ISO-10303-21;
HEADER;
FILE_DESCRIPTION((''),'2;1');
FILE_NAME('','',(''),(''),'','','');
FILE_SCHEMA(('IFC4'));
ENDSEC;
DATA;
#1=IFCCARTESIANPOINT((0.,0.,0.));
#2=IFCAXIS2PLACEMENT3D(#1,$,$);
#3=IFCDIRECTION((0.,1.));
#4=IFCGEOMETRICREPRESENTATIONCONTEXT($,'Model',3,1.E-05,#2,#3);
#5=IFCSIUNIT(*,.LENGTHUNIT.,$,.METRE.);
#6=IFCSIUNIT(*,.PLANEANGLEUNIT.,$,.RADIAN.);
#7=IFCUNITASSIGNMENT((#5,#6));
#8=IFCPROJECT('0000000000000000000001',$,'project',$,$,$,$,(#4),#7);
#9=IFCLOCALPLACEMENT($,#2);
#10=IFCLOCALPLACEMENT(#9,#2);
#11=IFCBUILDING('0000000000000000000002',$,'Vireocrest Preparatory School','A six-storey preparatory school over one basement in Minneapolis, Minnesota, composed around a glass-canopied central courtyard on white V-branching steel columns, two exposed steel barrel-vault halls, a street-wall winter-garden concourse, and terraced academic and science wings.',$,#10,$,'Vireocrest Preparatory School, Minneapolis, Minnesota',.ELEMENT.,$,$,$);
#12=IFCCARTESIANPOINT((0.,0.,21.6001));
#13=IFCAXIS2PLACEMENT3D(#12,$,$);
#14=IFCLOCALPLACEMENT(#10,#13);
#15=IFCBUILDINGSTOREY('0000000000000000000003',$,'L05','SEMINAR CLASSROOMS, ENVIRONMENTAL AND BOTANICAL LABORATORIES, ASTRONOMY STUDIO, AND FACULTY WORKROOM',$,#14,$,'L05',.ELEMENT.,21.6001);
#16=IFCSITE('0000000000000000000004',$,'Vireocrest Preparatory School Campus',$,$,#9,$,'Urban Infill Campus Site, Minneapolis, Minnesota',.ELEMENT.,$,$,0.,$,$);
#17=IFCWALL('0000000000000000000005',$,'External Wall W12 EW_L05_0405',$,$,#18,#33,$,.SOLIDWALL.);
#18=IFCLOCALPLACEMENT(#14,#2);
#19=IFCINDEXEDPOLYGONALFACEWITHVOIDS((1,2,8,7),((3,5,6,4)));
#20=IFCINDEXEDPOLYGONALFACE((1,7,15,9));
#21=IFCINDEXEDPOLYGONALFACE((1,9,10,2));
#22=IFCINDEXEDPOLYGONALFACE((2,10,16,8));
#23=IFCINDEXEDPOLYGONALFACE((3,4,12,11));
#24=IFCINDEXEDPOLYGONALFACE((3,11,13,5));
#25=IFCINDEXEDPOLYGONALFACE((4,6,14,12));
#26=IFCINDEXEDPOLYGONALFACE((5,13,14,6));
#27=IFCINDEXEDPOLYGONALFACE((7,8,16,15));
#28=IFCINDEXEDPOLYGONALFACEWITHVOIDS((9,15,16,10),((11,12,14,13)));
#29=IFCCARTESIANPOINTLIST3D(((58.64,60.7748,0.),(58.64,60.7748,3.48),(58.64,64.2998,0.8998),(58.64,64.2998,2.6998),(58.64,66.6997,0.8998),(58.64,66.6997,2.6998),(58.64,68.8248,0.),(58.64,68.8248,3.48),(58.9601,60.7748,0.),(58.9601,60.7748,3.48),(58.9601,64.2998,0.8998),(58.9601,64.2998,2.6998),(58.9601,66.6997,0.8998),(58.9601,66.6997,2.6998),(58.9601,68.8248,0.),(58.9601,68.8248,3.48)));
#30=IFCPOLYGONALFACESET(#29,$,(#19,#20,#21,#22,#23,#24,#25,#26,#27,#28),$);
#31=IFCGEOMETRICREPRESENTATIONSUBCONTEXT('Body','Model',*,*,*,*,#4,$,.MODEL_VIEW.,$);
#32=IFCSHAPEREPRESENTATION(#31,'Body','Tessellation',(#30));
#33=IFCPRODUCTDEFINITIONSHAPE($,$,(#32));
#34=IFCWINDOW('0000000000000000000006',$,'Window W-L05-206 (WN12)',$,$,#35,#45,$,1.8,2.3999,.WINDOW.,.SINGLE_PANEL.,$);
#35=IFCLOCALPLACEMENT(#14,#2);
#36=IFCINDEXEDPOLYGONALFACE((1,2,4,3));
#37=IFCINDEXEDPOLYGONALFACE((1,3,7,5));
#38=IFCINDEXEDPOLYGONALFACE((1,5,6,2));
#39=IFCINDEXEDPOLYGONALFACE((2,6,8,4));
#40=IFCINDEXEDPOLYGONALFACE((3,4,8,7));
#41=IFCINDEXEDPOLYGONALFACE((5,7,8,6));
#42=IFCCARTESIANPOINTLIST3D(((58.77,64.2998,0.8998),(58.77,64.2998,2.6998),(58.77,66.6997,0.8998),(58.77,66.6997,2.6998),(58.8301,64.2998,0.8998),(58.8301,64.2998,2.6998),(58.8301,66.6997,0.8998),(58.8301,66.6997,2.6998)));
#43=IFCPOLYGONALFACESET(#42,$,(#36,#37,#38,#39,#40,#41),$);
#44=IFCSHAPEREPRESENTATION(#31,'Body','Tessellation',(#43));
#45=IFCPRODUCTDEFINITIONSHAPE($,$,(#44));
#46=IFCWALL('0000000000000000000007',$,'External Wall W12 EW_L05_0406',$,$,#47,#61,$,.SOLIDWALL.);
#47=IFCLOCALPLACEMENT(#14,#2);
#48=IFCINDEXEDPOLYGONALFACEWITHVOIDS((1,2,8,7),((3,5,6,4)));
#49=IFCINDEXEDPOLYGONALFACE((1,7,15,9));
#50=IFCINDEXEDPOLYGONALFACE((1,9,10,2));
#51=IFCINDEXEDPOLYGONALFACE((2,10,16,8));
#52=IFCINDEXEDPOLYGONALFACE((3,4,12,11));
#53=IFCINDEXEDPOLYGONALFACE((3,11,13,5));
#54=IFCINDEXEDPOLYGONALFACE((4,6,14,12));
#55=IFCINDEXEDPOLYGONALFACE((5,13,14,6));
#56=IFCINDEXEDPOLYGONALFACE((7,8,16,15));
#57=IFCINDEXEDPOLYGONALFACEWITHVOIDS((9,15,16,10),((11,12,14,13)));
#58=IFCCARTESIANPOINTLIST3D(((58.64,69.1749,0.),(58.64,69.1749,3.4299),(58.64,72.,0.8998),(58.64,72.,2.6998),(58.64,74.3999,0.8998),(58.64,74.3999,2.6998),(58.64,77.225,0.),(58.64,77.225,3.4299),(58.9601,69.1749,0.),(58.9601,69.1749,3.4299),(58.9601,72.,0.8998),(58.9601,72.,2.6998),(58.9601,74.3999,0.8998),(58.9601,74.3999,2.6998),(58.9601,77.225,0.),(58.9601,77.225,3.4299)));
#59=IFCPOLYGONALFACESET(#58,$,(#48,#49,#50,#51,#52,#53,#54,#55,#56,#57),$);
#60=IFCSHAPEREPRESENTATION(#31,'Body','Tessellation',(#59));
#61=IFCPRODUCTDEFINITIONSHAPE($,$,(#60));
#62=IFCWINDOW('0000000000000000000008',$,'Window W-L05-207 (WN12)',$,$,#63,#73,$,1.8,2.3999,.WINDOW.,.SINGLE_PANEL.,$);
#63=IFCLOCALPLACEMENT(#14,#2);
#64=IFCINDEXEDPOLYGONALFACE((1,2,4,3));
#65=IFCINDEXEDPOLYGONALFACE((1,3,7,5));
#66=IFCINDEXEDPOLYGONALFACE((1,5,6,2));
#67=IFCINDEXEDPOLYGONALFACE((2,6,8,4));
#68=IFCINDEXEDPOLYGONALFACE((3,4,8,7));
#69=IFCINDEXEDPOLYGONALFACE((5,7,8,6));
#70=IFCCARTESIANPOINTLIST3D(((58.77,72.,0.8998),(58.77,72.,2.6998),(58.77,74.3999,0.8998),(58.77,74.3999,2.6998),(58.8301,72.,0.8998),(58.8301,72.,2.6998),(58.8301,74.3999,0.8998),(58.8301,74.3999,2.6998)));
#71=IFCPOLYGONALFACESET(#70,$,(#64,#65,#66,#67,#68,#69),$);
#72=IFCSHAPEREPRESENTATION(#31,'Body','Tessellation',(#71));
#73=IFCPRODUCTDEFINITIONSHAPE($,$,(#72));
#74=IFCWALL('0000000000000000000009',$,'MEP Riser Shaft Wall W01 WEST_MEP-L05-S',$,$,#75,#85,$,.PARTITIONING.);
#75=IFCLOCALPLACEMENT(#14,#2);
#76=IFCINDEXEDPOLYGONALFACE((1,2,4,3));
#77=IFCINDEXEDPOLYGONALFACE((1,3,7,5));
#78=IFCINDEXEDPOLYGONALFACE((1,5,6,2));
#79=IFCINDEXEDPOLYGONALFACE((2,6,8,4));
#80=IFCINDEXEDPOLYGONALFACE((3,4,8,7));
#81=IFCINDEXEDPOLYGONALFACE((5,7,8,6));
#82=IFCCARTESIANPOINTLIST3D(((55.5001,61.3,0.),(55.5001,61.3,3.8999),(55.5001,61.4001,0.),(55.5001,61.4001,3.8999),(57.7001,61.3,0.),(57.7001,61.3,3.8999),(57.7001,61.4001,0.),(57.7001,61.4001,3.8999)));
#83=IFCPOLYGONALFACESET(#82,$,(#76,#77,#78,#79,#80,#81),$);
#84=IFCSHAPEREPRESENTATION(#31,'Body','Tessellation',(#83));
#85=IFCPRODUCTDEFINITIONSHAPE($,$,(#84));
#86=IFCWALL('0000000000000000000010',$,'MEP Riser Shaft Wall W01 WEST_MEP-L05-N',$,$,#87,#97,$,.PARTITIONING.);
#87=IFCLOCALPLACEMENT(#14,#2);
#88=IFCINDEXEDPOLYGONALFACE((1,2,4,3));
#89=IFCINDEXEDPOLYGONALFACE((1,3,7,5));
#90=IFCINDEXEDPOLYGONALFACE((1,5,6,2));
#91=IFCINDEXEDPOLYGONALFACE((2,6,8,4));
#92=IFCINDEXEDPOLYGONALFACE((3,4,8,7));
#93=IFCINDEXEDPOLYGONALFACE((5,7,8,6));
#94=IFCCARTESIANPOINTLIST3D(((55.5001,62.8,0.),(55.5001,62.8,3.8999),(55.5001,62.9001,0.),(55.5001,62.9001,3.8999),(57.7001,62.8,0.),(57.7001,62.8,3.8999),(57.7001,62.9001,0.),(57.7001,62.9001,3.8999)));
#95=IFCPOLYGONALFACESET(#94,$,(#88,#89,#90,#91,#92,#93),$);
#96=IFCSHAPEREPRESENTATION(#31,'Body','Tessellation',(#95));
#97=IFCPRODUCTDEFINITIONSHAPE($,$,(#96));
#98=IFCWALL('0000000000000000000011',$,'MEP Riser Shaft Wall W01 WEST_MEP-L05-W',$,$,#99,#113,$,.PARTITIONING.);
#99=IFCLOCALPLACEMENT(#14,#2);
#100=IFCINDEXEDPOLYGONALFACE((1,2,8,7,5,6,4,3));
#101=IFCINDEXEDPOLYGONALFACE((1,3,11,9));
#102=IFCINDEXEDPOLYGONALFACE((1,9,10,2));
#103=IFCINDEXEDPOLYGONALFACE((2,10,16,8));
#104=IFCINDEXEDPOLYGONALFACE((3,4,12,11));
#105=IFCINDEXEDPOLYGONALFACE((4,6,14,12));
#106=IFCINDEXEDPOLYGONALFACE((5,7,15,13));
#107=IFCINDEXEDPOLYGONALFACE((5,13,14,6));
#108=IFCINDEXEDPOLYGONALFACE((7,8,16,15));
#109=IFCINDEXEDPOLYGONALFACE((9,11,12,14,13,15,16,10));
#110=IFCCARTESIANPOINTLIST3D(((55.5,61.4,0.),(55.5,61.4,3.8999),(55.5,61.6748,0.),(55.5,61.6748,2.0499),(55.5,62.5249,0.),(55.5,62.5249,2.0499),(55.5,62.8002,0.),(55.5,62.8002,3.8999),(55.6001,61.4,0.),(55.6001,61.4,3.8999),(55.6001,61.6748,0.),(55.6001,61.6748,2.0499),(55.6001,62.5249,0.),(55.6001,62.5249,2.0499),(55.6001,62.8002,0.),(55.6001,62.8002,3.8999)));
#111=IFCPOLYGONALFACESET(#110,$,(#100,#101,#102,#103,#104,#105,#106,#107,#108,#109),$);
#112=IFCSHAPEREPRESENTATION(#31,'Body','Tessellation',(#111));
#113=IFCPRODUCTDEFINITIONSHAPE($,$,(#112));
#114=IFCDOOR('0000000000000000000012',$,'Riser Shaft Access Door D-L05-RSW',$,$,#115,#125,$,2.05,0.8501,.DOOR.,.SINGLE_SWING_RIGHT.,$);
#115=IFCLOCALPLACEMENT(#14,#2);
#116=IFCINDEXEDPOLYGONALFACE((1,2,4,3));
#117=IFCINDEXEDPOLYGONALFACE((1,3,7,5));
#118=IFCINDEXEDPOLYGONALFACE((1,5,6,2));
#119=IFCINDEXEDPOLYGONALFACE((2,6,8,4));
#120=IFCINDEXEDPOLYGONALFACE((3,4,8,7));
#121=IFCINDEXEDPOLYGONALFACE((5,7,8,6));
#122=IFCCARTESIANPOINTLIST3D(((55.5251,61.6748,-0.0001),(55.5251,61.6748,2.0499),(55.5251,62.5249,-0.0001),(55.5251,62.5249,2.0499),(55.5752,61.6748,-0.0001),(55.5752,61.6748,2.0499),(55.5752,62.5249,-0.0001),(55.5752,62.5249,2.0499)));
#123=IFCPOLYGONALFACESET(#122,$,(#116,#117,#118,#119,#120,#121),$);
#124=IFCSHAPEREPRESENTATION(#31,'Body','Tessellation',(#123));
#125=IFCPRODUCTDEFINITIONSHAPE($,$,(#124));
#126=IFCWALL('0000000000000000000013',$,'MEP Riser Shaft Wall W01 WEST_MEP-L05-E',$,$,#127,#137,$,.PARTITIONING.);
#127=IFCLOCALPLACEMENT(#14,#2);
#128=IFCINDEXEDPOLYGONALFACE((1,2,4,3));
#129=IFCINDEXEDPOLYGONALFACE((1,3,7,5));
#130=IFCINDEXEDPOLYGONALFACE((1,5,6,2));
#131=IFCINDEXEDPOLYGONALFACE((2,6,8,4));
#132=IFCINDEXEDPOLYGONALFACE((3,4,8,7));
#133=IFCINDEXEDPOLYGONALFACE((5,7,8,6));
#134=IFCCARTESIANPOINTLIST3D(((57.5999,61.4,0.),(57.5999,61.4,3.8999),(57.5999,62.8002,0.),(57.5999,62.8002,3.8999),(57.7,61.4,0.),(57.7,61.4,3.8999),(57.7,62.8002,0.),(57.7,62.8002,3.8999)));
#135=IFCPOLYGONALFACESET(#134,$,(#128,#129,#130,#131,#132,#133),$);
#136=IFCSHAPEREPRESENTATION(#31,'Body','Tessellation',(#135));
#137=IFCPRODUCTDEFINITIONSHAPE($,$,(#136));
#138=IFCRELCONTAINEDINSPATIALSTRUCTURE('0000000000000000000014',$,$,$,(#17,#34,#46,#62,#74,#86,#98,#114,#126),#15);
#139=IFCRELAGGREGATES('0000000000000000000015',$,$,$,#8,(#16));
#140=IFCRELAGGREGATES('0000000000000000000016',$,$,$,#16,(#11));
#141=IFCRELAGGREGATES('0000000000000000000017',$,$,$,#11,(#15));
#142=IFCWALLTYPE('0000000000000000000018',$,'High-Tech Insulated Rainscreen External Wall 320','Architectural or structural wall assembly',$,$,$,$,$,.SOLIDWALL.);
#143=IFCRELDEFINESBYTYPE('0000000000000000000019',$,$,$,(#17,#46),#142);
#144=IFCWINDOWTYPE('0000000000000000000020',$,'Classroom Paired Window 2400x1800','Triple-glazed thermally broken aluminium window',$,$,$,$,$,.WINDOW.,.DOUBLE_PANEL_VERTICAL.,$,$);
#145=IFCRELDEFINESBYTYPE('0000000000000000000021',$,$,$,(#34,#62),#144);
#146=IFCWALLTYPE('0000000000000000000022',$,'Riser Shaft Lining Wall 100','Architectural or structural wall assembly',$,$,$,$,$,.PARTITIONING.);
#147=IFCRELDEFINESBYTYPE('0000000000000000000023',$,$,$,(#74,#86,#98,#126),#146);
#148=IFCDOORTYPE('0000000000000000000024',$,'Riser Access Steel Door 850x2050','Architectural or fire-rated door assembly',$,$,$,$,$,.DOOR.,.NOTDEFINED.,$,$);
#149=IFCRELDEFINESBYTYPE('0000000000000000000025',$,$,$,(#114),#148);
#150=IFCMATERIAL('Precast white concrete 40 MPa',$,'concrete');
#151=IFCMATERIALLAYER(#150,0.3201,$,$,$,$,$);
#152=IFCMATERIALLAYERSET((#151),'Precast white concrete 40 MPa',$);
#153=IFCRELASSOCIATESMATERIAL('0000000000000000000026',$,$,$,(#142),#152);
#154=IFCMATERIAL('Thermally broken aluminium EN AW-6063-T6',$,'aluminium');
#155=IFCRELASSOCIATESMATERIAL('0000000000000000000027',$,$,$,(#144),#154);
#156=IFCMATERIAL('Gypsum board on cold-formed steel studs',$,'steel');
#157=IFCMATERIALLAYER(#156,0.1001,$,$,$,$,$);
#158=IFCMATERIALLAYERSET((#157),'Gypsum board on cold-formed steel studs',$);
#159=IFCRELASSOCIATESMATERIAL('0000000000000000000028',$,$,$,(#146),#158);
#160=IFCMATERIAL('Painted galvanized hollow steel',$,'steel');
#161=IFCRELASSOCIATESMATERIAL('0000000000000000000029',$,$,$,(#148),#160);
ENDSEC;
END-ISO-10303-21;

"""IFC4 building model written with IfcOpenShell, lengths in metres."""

from ifc_helpers import new_model, si_unit, direction, frame, frame_2d, origin, place, context, subcontext, project, spatial, rectangle, extrude, material, layer, layer_set, type_object, element, fill, save


model = new_model("IFC4")

# Units and contexts
model_context = context("Model", 3, precision=1e-05, world=origin(), true_north=direction((0.0, 1.0)))
body_context = subcontext(model_context, "Body", "Model", "MODEL_VIEW")
ifc_project = project(units=[si_unit("LENGTHUNIT", "METRE"), si_unit("PLANEANGLEUNIT", "RADIAN")], contexts=[model_context])

# Site, building, storey
site_placement = place(None, origin())
site = spatial("IfcSite", under=ifc_project, at=site_placement, Name="Vireocrest Preparatory School Campus", LongName="Urban Infill Campus Site, Minneapolis, Minnesota", CompositionType="ELEMENT", RefElevation=0.0)
building_placement = place(site_placement, origin())
building = spatial("IfcBuilding", under=site, at=building_placement, Name="Vireocrest Preparatory School", Description="A six-storey preparatory school over one basement in Minneapolis, Minnesota, composed around a glass-canopied central courtyard on white V-branching steel columns, two exposed steel barrel-vault halls, a street-wall winter-garden concourse, and terraced academic and science wings.", LongName="Vireocrest Preparatory School, Minneapolis, Minnesota", CompositionType="ELEMENT")
storey_placement = place(building_placement, frame((0.0, 0.0, 21.6001)))
storey = spatial("IfcBuildingStorey", under=building, at=storey_placement, Name="L05", Description="SEMINAR CLASSROOMS, ENVIRONMENTAL AND BOTANICAL LABORATORIES, ASTRONOMY STUDIO, AND FACULTY WORKROOM", LongName="L05", CompositionType="ELEMENT", Elevation=21.6001)

# Walls, openings, windows
ifc_material_1 = material(Name="Precast white concrete 40 MPa", Category="concrete")
ifc_layer_1 = layer(ifc_material_1, 0.3201)
ifc_layer_set_1 = layer_set([ifc_layer_1], Name="Precast white concrete 40 MPa")
wall_type_1 = type_object("IfcWallType", Name="High-Tech Insulated Rainscreen External Wall 320", Description="Architectural or structural wall assembly", PredefinedType="SOLIDWALL", material=ifc_layer_set_1)
wall_1_placement = place(storey_placement, frame((58.8, 60.7749, 0.0), z_axis=(0.0, 0.0, 1.0), x_axis=(0.0, 1.0, 0.0)))
wall_1 = element("IfcWall", 1, at=wall_1_placement, inside=storey, type_object=wall_type_1, Name="External Wall W12 EW_L05_0405", PredefinedType="SOLIDWALL", context=body_context, shape_type="SweptSolid", body=[
    extrude(rectangle(XDim=8.05, YDim=0.3201, at=frame_2d((4.0249, 0.0))), origin(), (0.0, 0.0, 1.0), 3.48),
])
opening_1_placement = place(wall_1_placement, frame((3.5249, 0.0, 0.8999)))
opening_1 = element("IfcOpeningElement", 2, at=opening_1_placement, cuts=wall_1, PredefinedType="OPENING", context=body_context, shape_type="SweptSolid", body=[
    extrude(rectangle(XDim=2.3999, YDim=1.8, at=frame_2d((1.2, 0.8999))), frame((0.0, 0.1699, 0.0), z_axis=(0.0, -1.0, 0.0), x_axis=(1.0, 0.0, 0.0)), (0.0, 0.0, 1.0), 0.3401),
])
ifc_material_2 = material(Name="Thermally broken aluminium EN AW-6063-T6", Category="aluminium")
window_type = type_object("IfcWindowType", Name="Classroom Paired Window 2400x1800", Description="Triple-glazed thermally broken aluminium window", PartitioningType="DOUBLE_PANEL_VERTICAL", PredefinedType="WINDOW", material=ifc_material_2)
window_1_placement = place(opening_1_placement, origin())
window_1 = element("IfcWindow", 3, at=window_1_placement, inside=storey, type_object=window_type, Name="Window W-L05-206 (WN12)", OverallHeight=1.8, OverallWidth=2.3999, PartitioningType="SINGLE_PANEL", PredefinedType="WINDOW", context=body_context, shape_type="SweptSolid", body=[
    extrude(rectangle(XDim=2.3999, YDim=1.8, at=frame_2d((1.2, 0.8999))), frame((0.0, 0.03, 0.0), z_axis=(0.0, -1.0, 0.0), x_axis=(1.0, 0.0, 0.0)), (0.0, 0.0, 1.0), 0.0601),
])
fill(opening_1, window_1)
wall_2_placement = place(storey_placement, frame((58.8, 69.175, 0.0), z_axis=(0.0, 0.0, 1.0), x_axis=(0.0, 1.0, 0.0)))
wall_2 = element("IfcWall", 4, at=wall_2_placement, inside=storey, type_object=wall_type_1, Name="External Wall W12 EW_L05_0406", PredefinedType="SOLIDWALL", context=body_context, shape_type="SweptSolid", body=[
    extrude(rectangle(XDim=8.05, YDim=0.3201, at=frame_2d((4.0249, 0.0))), origin(), (0.0, 0.0, 1.0), 3.4299),
])
opening_2_placement = place(wall_2_placement, frame((2.825, 0.0, 0.8999)))
opening_2 = element("IfcOpeningElement", 5, at=opening_2_placement, cuts=wall_2, PredefinedType="OPENING", context=body_context, shape_type="SweptSolid", body=[
    extrude(rectangle(XDim=2.3999, YDim=1.8, at=frame_2d((1.2, 0.8999))), frame((0.0, 0.1699, 0.0), z_axis=(0.0, -1.0, 0.0), x_axis=(1.0, 0.0, 0.0)), (0.0, 0.0, 1.0), 0.3401),
])
window_2_placement = place(opening_2_placement, origin())
window_2 = element("IfcWindow", 6, at=window_2_placement, inside=storey, type_object=window_type, Name="Window W-L05-207 (WN12)", OverallHeight=1.8, OverallWidth=2.3999, PartitioningType="SINGLE_PANEL", PredefinedType="WINDOW", context=body_context, shape_type="SweptSolid", body=[
    extrude(rectangle(XDim=2.3999, YDim=1.8, at=frame_2d((1.2, 0.8999))), frame((0.0, 0.03, 0.0), z_axis=(0.0, -1.0, 0.0), x_axis=(1.0, 0.0, 0.0)), (0.0, 0.0, 1.0), 0.0601),
])
fill(opening_2, window_2)

# Walls
ifc_material_3 = material(Name="Gypsum board on cold-formed steel studs", Category="steel")
ifc_layer_2 = layer(ifc_material_3, 0.1001)
ifc_layer_set_2 = layer_set([ifc_layer_2], Name="Gypsum board on cold-formed steel studs")
wall_type_2 = type_object("IfcWallType", Name="Riser Shaft Lining Wall 100", Description="Architectural or structural wall assembly", PredefinedType="PARTITIONING", material=ifc_layer_set_2)
for number, where, z_axis, x_axis, name in (
    (7, (55.5, 61.3501, 0.0), (0.0, 0.0, 1.0), (1.0, 0.0, 0.0), "MEP Riser Shaft Wall W01 WEST_MEP-L05-S"),
    (8, (55.5, 62.8501, 0.0), (0.0, 0.0, 1.0), (1.0, 0.0, 0.0), "MEP Riser Shaft Wall W01 WEST_MEP-L05-N"),
):
    element("IfcWall", number, at=place(storey_placement, frame(where, z_axis=z_axis, x_axis=x_axis)), inside=storey, type_object=wall_type_2, Name=name, PredefinedType="PARTITIONING", context=body_context, shape_type="SweptSolid", body=[
        extrude(rectangle(XDim=2.2, YDim=0.1001, at=frame_2d((1.1001, 0.0))), origin(), (0.0, 0.0, 1.0), 3.8999),
    ])

# Wall, opening, door
wall_3_placement = place(storey_placement, frame((55.55, 61.3999, 0.0), z_axis=(0.0, 0.0, 1.0), x_axis=(0.0, 1.0, 0.0)))
wall_3 = element("IfcWall", 9, at=wall_3_placement, inside=storey, type_object=wall_type_2, Name="MEP Riser Shaft Wall W01 WEST_MEP-L05-W", PredefinedType="PARTITIONING", context=body_context, shape_type="SweptSolid", body=[
    extrude(rectangle(XDim=1.4001, YDim=0.1001, at=frame_2d((0.7002, 0.0))), origin(), (0.0, 0.0, 1.0), 3.8999),
])
opening_3_placement = place(wall_3_placement, frame((0.2749, 0.0, 0.0)))
opening_3 = element("IfcOpeningElement", 10, at=opening_3_placement, cuts=wall_3, PredefinedType="OPENING", context=body_context, shape_type="SweptSolid", body=[
    extrude(rectangle(XDim=0.8501, YDim=2.05, at=frame_2d((0.425, 1.0249))), frame((0.0, 0.0601, 0.0), z_axis=(0.0, -1.0, 0.0), x_axis=(1.0, 0.0, 0.0)), (0.0, 0.0, 1.0), 0.1201),
])
ifc_material_4 = material(Name="Painted galvanized hollow steel", Category="steel")
door_type = type_object("IfcDoorType", Name="Riser Access Steel Door 850x2050", Description="Architectural or fire-rated door assembly", OperationType="NOTDEFINED", PredefinedType="DOOR", material=ifc_material_4)
door_placement = place(opening_3_placement, origin())
door = element("IfcDoor", 11, at=door_placement, inside=storey, type_object=door_type, Name="Riser Shaft Access Door D-L05-RSW", OperationType="SINGLE_SWING_RIGHT", OverallHeight=2.05, OverallWidth=0.8501, PredefinedType="DOOR", context=body_context, shape_type="SweptSolid", body=[
    extrude(rectangle(XDim=0.8501, YDim=2.05, at=frame_2d((0.425, 1.0249))), frame((0.0, 0.0249, 0.0), z_axis=(0.0, -1.0, 0.0), x_axis=(1.0, 0.0, 0.0)), (0.0, 0.0, 1.0), 0.05),
])
fill(opening_3, door)

# Wall
wall_4_placement = place(storey_placement, frame((57.6499, 61.3999, 0.0), z_axis=(0.0, 0.0, 1.0), x_axis=(0.0, 1.0, 0.0)))
element("IfcWall", 12, at=wall_4_placement, inside=storey, type_object=wall_type_2, Name="MEP Riser Shaft Wall W01 WEST_MEP-L05-E", PredefinedType="PARTITIONING", context=body_context, shape_type="SweptSolid", body=[
    extrude(rectangle(XDim=1.4001, YDim=0.1001, at=frame_2d((0.7002, 0.0))), origin(), (0.0, 0.0, 1.0), 3.8999),
])

save(model, "model.ifc")
